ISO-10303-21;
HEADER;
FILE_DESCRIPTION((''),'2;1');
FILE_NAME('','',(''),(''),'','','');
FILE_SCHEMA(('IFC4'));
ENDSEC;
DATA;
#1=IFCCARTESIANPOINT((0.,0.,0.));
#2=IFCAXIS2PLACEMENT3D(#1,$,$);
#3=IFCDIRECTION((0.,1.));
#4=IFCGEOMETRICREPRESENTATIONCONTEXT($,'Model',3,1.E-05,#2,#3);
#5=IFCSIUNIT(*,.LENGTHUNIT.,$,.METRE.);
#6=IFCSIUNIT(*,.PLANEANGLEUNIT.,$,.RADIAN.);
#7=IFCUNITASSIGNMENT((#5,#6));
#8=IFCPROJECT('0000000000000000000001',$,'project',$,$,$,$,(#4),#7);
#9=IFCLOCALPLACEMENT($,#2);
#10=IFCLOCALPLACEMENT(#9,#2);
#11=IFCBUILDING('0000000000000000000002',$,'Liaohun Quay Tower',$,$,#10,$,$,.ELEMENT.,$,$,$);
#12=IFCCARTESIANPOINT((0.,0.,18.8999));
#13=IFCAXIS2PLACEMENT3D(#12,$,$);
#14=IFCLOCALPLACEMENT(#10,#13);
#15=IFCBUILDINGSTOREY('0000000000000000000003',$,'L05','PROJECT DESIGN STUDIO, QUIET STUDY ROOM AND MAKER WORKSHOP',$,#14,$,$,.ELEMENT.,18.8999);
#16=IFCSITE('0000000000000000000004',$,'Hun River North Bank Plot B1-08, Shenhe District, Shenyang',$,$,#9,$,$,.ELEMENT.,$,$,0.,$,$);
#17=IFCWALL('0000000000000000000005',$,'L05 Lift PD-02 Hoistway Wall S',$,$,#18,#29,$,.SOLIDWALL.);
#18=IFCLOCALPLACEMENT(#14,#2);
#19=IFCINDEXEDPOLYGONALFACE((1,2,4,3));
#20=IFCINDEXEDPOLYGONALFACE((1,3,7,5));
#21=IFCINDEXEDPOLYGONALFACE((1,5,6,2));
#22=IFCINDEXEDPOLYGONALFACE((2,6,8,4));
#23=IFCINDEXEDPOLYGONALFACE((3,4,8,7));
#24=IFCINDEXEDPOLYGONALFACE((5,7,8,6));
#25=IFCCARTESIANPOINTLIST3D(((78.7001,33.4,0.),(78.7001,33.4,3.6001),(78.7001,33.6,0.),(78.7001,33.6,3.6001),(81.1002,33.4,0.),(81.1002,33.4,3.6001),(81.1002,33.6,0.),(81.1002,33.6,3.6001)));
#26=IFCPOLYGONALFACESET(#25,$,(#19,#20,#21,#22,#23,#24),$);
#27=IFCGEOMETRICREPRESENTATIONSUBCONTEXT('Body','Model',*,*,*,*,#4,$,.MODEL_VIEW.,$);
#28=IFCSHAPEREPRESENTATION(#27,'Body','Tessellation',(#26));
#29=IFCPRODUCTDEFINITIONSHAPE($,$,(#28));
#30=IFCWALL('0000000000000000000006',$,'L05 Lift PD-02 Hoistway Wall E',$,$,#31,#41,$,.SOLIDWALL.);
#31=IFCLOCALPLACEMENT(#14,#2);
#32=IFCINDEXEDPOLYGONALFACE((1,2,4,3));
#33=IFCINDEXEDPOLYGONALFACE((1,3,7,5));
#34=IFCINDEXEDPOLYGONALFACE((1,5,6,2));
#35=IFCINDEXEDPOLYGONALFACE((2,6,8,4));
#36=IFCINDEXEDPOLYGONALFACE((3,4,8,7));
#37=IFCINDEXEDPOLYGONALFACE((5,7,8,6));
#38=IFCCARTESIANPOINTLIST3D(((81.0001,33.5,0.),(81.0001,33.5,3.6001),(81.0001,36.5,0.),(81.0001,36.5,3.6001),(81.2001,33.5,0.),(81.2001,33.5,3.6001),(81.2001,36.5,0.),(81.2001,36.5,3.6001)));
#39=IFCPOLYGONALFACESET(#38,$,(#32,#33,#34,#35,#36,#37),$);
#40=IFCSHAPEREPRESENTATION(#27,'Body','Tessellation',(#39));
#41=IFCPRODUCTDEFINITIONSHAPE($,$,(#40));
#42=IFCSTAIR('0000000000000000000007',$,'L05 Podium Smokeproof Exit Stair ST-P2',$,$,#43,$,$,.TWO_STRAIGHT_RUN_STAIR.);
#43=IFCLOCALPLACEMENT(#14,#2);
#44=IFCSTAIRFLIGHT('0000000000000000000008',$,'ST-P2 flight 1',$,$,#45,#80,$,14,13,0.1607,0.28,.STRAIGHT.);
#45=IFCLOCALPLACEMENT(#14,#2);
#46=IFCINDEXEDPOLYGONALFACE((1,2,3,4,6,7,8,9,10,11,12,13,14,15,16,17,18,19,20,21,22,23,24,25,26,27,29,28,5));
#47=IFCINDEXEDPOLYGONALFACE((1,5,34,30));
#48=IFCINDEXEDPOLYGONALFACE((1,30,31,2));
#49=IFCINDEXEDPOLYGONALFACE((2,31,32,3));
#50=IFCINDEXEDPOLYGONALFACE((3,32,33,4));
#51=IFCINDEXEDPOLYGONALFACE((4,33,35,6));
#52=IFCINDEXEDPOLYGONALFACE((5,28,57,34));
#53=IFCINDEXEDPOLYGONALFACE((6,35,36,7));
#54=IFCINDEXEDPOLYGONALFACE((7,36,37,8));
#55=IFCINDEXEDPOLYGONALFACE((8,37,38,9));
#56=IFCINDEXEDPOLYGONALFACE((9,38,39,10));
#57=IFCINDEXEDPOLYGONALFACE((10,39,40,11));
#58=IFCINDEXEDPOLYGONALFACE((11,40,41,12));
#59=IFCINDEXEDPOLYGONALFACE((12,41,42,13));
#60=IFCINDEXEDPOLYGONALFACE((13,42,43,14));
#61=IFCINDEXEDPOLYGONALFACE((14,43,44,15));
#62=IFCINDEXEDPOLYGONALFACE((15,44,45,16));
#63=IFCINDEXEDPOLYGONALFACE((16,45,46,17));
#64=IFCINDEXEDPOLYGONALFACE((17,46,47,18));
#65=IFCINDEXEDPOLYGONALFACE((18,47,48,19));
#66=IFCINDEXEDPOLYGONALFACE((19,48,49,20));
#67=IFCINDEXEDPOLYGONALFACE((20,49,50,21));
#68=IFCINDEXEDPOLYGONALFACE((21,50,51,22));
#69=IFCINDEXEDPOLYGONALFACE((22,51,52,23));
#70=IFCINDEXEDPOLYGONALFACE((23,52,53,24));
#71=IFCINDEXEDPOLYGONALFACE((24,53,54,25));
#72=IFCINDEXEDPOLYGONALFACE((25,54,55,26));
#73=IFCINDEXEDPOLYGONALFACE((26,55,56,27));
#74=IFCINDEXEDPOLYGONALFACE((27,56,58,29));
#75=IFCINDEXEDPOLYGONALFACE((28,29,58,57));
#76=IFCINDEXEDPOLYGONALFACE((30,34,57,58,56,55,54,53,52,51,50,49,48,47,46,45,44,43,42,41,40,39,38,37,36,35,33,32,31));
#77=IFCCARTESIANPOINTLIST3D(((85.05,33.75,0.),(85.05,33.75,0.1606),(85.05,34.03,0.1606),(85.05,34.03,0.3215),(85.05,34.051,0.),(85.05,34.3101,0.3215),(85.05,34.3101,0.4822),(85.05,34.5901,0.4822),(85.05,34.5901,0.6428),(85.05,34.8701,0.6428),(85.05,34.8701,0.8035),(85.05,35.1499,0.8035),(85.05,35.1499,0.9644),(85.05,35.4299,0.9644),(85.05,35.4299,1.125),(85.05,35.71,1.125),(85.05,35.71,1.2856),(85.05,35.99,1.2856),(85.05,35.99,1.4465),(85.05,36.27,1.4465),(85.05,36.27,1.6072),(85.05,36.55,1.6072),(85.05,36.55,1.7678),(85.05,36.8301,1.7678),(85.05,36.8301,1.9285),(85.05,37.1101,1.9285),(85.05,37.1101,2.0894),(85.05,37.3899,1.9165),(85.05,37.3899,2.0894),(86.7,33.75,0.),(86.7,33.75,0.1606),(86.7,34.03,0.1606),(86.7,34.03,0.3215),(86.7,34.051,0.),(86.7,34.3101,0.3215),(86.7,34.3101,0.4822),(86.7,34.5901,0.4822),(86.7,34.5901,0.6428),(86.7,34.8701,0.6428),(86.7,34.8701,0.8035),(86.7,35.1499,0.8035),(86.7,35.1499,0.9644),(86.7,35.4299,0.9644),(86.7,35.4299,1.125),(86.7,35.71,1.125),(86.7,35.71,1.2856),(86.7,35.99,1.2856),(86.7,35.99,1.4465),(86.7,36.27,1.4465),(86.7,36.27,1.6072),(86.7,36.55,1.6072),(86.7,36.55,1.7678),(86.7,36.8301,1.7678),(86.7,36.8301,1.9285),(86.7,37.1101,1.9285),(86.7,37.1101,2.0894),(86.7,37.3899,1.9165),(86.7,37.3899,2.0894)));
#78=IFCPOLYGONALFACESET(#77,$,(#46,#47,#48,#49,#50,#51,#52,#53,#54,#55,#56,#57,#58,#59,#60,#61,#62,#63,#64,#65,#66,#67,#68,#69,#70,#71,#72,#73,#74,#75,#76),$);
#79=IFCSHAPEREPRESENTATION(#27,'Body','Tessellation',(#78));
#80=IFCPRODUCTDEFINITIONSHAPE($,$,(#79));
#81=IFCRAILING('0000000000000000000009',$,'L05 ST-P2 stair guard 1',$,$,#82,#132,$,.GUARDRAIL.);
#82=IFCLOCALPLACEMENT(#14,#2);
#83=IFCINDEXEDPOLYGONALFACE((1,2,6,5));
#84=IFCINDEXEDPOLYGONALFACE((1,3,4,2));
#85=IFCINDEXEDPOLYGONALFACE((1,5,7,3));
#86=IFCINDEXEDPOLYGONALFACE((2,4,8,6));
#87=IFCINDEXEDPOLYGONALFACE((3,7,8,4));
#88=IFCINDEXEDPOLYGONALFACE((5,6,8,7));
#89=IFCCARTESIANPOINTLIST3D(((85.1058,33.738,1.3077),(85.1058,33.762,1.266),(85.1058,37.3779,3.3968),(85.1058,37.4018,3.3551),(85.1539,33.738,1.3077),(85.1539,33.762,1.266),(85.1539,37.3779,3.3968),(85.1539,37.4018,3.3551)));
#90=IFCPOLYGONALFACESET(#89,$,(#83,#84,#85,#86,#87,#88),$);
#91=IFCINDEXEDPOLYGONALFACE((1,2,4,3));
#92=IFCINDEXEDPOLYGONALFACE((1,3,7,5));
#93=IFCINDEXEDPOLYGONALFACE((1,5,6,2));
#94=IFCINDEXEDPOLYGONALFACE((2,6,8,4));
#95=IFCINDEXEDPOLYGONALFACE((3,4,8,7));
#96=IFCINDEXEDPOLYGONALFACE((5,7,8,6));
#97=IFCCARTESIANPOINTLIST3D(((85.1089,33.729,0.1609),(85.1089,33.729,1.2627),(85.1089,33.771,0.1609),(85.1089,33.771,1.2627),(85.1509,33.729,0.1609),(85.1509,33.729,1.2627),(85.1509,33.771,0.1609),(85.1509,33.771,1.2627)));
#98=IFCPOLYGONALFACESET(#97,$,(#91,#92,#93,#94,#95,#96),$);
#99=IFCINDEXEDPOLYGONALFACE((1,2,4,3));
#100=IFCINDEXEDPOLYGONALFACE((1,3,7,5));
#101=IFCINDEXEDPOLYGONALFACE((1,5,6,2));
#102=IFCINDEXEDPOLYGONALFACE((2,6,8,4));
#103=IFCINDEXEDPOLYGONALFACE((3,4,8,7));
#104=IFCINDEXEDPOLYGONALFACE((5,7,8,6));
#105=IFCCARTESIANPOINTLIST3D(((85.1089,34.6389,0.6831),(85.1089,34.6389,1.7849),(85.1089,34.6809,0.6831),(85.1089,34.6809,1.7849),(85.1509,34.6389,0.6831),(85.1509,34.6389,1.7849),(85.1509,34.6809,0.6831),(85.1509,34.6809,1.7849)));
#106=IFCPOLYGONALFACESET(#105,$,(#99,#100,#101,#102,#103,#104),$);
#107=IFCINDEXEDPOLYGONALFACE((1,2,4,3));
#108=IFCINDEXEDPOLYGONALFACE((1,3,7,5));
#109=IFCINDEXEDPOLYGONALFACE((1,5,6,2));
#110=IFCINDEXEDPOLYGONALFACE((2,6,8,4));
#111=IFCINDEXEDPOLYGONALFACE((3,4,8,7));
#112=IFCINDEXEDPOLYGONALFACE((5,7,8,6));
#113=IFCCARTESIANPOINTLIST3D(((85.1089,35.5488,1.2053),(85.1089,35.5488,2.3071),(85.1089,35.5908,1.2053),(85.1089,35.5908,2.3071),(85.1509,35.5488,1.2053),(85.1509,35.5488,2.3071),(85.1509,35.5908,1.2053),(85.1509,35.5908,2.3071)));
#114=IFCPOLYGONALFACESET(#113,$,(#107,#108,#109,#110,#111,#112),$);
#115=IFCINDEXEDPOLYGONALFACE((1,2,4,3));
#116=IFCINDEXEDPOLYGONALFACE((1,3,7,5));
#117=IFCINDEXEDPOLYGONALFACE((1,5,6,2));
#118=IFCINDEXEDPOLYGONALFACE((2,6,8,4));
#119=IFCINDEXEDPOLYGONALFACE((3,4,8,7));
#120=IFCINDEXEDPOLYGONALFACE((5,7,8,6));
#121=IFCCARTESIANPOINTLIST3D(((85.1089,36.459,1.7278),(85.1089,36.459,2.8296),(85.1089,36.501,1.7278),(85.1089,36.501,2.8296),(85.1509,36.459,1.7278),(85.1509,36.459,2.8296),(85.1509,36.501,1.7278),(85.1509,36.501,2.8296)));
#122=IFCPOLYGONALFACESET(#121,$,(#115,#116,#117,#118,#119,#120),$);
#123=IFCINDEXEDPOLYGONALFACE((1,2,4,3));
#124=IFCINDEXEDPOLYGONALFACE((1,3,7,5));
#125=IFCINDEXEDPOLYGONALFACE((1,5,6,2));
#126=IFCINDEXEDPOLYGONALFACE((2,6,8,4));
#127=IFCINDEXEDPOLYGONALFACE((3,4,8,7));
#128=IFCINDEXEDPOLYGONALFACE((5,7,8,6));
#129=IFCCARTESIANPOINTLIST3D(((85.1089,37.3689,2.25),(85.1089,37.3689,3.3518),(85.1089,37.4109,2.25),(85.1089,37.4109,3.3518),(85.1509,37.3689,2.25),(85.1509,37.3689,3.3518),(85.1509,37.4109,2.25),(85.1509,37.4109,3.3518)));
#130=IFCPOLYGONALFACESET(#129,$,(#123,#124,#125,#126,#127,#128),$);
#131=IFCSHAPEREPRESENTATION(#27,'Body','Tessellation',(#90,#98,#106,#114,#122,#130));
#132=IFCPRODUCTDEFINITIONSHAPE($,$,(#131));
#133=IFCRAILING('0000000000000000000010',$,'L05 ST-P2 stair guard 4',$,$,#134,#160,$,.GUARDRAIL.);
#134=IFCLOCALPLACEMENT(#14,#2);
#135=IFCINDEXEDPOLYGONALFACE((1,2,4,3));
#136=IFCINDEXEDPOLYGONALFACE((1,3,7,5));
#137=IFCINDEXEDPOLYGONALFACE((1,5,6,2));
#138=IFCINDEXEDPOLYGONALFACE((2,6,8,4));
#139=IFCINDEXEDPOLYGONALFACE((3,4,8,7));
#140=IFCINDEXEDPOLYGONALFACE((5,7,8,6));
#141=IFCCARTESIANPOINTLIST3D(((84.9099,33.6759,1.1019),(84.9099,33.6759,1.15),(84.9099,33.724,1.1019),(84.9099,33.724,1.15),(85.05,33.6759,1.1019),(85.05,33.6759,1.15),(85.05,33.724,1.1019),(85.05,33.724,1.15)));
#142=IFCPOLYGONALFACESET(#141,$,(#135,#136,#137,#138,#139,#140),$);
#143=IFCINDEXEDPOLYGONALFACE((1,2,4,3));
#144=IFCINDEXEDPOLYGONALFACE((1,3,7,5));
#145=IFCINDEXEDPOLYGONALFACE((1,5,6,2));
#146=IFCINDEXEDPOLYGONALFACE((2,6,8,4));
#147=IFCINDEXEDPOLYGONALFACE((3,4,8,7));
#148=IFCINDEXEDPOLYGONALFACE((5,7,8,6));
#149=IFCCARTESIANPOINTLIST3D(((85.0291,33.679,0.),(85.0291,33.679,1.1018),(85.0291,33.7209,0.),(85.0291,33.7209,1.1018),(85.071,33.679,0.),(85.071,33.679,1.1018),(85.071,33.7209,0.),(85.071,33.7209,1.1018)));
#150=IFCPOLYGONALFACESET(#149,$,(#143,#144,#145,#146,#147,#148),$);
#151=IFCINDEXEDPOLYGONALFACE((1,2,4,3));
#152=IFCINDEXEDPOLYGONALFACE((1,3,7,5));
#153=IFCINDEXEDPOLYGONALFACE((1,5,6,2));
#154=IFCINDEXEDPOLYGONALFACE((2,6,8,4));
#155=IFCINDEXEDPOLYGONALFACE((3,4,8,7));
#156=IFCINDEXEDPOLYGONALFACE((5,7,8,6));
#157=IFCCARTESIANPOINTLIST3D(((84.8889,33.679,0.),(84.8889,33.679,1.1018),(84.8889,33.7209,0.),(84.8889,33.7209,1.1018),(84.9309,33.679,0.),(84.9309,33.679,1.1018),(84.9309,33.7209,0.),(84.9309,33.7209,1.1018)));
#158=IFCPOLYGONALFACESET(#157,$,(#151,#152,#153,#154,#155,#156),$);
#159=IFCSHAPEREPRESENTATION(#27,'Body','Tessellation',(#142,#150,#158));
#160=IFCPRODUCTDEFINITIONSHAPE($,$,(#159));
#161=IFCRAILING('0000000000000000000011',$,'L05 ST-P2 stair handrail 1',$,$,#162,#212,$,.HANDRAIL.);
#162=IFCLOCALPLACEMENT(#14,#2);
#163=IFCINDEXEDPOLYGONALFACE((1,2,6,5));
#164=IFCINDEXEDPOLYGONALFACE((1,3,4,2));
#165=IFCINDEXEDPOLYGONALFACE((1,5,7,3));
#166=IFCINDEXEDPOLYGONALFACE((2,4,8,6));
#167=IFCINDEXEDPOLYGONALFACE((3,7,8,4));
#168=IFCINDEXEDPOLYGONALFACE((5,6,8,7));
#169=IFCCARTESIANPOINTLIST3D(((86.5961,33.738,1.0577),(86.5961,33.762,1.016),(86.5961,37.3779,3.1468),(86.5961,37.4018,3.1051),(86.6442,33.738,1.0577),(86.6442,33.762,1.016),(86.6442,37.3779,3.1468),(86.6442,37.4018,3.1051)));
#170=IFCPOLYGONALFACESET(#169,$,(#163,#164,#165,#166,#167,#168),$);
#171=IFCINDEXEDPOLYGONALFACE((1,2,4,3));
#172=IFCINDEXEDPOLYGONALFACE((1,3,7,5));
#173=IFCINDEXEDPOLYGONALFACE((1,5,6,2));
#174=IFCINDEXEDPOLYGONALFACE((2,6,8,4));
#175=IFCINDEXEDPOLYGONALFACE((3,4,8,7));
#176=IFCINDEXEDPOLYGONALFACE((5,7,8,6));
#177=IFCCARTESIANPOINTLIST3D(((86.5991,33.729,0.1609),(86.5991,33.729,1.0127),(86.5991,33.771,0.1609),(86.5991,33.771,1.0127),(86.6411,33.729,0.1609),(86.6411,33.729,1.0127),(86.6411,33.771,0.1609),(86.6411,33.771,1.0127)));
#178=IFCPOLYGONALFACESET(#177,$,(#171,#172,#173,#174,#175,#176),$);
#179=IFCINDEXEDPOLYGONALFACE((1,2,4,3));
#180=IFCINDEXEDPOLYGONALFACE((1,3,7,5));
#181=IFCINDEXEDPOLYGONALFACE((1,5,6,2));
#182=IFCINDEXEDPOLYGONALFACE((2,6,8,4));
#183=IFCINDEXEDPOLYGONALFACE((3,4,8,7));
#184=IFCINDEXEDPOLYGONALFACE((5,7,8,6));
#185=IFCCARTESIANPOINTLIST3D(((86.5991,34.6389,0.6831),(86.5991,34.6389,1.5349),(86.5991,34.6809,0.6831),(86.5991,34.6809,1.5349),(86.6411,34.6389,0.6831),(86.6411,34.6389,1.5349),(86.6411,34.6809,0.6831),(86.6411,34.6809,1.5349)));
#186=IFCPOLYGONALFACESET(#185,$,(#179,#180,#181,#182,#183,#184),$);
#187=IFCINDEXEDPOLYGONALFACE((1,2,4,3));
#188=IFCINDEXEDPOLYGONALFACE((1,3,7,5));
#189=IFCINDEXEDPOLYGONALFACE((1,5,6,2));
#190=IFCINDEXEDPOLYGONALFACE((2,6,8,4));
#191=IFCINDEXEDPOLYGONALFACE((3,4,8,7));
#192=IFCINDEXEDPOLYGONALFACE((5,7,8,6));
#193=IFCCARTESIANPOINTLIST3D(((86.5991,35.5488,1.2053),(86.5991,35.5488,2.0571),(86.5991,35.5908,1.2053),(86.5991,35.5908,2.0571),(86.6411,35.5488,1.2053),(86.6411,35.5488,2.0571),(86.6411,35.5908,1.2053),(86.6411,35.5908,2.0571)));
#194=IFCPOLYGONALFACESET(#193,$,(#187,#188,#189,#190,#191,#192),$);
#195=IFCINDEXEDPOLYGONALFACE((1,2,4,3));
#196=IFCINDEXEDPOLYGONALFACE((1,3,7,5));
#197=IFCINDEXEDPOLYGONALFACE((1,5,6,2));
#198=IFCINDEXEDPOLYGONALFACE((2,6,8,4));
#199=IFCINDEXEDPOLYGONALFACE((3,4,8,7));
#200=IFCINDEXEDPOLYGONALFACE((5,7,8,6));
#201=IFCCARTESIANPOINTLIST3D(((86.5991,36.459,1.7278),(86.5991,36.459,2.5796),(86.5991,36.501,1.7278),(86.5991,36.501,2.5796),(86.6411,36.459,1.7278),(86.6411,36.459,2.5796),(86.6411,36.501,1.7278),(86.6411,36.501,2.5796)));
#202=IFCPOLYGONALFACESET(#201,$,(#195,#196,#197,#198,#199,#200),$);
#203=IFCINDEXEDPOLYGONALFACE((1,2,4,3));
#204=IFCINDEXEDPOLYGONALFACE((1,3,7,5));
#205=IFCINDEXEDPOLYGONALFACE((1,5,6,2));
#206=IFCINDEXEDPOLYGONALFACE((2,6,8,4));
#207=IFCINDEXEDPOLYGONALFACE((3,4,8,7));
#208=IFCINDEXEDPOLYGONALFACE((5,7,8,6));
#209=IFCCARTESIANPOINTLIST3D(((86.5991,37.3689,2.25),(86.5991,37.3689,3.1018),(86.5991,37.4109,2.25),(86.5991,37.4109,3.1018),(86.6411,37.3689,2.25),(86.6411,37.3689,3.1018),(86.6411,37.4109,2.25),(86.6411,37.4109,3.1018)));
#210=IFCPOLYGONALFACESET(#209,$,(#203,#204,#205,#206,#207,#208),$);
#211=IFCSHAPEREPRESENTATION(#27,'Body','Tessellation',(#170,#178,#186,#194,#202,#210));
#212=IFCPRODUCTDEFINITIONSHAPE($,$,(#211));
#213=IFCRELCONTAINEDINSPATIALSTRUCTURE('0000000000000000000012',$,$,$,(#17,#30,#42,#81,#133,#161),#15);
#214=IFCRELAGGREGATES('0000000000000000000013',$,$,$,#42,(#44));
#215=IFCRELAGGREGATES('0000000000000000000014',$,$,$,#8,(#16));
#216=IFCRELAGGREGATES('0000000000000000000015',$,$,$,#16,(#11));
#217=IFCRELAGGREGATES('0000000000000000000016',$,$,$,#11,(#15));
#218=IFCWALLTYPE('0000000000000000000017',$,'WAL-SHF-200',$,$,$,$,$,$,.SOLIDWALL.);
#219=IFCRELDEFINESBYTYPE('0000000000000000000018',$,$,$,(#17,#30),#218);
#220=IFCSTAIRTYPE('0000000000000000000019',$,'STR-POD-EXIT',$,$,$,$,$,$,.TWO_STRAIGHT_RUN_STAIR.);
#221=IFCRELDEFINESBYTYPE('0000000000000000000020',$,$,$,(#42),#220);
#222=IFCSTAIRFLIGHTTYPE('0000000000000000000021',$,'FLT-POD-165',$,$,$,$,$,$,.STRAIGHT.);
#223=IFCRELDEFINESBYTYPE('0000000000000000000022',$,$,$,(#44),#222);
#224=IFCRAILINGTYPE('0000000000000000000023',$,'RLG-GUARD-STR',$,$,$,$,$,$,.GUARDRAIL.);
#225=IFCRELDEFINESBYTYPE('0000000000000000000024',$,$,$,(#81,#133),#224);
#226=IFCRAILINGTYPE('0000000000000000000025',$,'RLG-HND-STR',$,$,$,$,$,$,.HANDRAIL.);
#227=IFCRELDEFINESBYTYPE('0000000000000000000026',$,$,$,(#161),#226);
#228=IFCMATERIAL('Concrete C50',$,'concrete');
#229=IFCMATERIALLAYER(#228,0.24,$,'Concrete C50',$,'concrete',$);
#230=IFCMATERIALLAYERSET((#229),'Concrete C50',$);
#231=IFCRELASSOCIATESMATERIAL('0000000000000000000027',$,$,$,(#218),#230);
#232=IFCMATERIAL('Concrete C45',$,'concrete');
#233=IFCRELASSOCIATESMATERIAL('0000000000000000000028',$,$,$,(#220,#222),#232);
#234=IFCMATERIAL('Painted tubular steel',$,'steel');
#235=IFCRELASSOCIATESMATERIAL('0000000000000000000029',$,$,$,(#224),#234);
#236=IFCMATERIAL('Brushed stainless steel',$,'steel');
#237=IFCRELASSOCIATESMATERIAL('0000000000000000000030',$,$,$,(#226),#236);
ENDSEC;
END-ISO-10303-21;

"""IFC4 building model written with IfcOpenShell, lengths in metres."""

from ifc_helpers import new_model, si_unit, direction, frame, frame_2d, origin, origin_2d, place, context, subcontext, project, spatial, polyline, rectangle, outline, extrude, material, layer, layer_set, type_object, element, aggregate, save


model = new_model("IFC4")

# Units and contexts
model_context = context("Model", 3, precision=1e-05, world=origin(), true_north=direction((0.0, 1.0)))
body_context = subcontext(model_context, "Body", "Model", "MODEL_VIEW")
ifc_project = project(units=[si_unit("LENGTHUNIT", "METRE"), si_unit("PLANEANGLEUNIT", "RADIAN")], contexts=[model_context])

# Site, building, storey
site_placement = place(None, origin())
site = spatial("IfcSite", under=ifc_project, at=site_placement, Name="Hun River North Bank Plot B1-08, Shenhe District, Shenyang", CompositionType="ELEMENT", RefElevation=0.0)
building_placement = place(site_placement, origin())
building = spatial("IfcBuilding", under=site, at=building_placement, Name="Liaohun Quay Tower", CompositionType="ELEMENT")
storey_placement = place(building_placement, frame((0.0, 0.0, 18.8999)))
storey = spatial("IfcBuildingStorey", under=building, at=storey_placement, Name="L05", Description="PROJECT DESIGN STUDIO, QUIET STUDY ROOM AND MAKER WORKSHOP", CompositionType="ELEMENT", Elevation=18.8999)

# Shared definitions
ifc_material_1 = material(Name="Concrete C50", Category="concrete")
ifc_layer_1 = layer(ifc_material_1, 0.24, Name="Concrete C50", Category="concrete")
ifc_layer_set_1 = layer_set([ifc_layer_1], Name="Concrete C50")
wall_type_1 = type_object("IfcWallType", Name="WAL-SHF-200", PredefinedType="SOLIDWALL", material=ifc_layer_set_1)

# Walls
wall_1_placement = place(storey_placement, frame((78.7, 33.5, 0.0), z_axis=(0.0, 0.0, 1.0), x_axis=(1.0, 0.0, 0.0)))
element("IfcWall", 1, at=wall_1_placement, inside=storey, type_object=wall_type_1, Name="L05 Lift PD-02 Hoistway Wall S", PredefinedType="SOLIDWALL", context=body_context, shape_type="SweptSolid", body=[
    extrude(rectangle(XDim=2.4001, YDim=0.2, at=frame_2d((1.2002, 0.0))), origin(), (0.0, 0.0, 1.0), 3.6001),
])
wall_2_placement = place(storey_placement, frame((81.1001, 33.5, 0.0), z_axis=(0.0, 0.0, 1.0), x_axis=(0.0, 1.0, 0.0)))
element("IfcWall", 2, at=wall_2_placement, inside=storey, type_object=wall_type_1, Name="L05 Lift PD-02 Hoistway Wall E", PredefinedType="SOLIDWALL", context=body_context, shape_type="SweptSolid", body=[
    extrude(rectangle(XDim=3.0, YDim=0.2, at=frame_2d((1.5, 0.0))), origin(), (0.0, 0.0, 1.0), 3.6001),
])

# Stair, stair flight
ifc_material_2 = material(Name="Concrete C45", Category="concrete")
stair_type = type_object("IfcStairType", Name="STR-POD-EXIT", PredefinedType="TWO_STRAIGHT_RUN_STAIR", material=ifc_material_2)
stair_placement = place(storey_placement, origin())
stair = element("IfcStair", 3, at=stair_placement, inside=storey, type_object=stair_type, Name="L05 Podium Smokeproof Exit Stair ST-P2", PredefinedType="TWO_STRAIGHT_RUN_STAIR")
stair_flight_type = type_object("IfcStairFlightType", Name="FLT-POD-165", PredefinedType="STRAIGHT", material=ifc_material_2)
stair_flight_placement = place(storey_placement, frame((85.875, 33.75, 0.0), z_axis=(0.0, 0.0, 1.0), x_axis=(0.0, 1.0, 0.0)))
stair_flight = element("IfcStairFlight", 4, at=stair_flight_placement, type_object=stair_flight_type, Name="ST-P2 flight 1", NumberOfRisers=14, NumberOfTreads=13, PredefinedType="STRAIGHT", RiserHeight=0.1607, TreadLength=0.28, context=body_context, shape_type="SweptSolid", body=[
    extrude(outline(polyline([(0.0, 0.0), (0.0, 0.1606), (0.28, 0.1606), (0.28, 0.3215), (0.5601, 0.3215), (0.5601, 0.4822), (0.8401, 0.4822), (0.8401, 0.6428), (1.1201, 0.6428), (1.1201, 0.8035), (1.3999, 0.8035), (1.3999, 0.9644), (1.6799, 0.9644), (1.6799, 1.125), (1.96, 1.125), (1.96, 1.2856), (2.24, 1.2856), (2.24, 1.4465), (2.52, 1.4465), (2.52, 1.6072), (2.8, 1.6072), (2.8, 1.7678), (3.0801, 1.7678), (3.0801, 1.9285), (3.3601, 1.9285), (3.3601, 2.0894), (3.6399, 2.0894), (3.6399, 2.25), (3.6399, 1.9165), (0.301, 0.0), (0.0, 0.0)])), frame((0.0, 0.825, 0.0), z_axis=(0.0, -1.0, 0.0), x_axis=(1.0, 0.0, 0.0)), (0.0, 0.0, 1.0), 1.6499),
])
aggregate(stair, [stair_flight])

# Railings
ifc_material_3 = material(Name="Painted tubular steel", Category="steel")
railing_type_1 = type_object("IfcRailingType", Name="RLG-GUARD-STR", PredefinedType="GUARDRAIL", material=ifc_material_3)
railing_1_placement = place(storey_placement, frame((85.1299, 33.75, 0.1609)))
element("IfcRailing", 5, at=railing_1_placement, inside=storey, type_object=railing_type_1, Name="L05 ST-P2 stair guard 1", PredefinedType="GUARDRAIL", context=body_context, shape_type="SweptSolid", body=[
    extrude(rectangle(XDim=0.0481, YDim=0.0481, at=origin_2d()), frame((0.0, 0.0, 1.126), z_axis=(0.0, 0.8673, 0.497786), x_axis=(-1.0, 0.0, 0.0)), (0.0, 0.0, 1.0), 4.1968),
    extrude(rectangle(XDim=0.042, YDim=0.042, at=origin_2d()), origin(), (0.0, 0.0, 1.0), 1.1018),
    extrude(rectangle(XDim=0.042, YDim=0.042, at=origin_2d()), frame((0.0, 0.9099, 0.5222)), (0.0, 0.0, 1.0), 1.1018),
    extrude(rectangle(XDim=0.042, YDim=0.042, at=origin_2d()), frame((0.0, 1.8198, 1.0444)), (0.0, 0.0, 1.0), 1.1018),
    extrude(rectangle(XDim=0.042, YDim=0.042, at=origin_2d()), frame((0.0, 2.73, 1.5669)), (0.0, 0.0, 1.0), 1.1018),
    extrude(rectangle(XDim=0.042, YDim=0.042, at=origin_2d()), frame((0.0, 3.6399, 2.0891)), (0.0, 0.0, 1.0), 1.1018),
])
railing_2_placement = place(storey_placement, frame((85.05, 33.7, 0.0)))
element("IfcRailing", 6, at=railing_2_placement, inside=storey, type_object=railing_type_1, Name="L05 ST-P2 stair guard 4", PredefinedType="GUARDRAIL", context=body_context, shape_type="SweptSolid", body=[
    extrude(rectangle(XDim=0.0481, YDim=0.0481, at=origin_2d()), frame((0.0, 0.0, 1.126), z_axis=(-1.0, 0.0, 0.0), x_axis=(0.0, -1.0, 0.0)), (0.0, 0.0, 1.0), 0.1401),
    extrude(rectangle(XDim=0.042, YDim=0.042, at=origin_2d()), origin(), (0.0, 0.0, 1.0), 1.1018),
    extrude(rectangle(XDim=0.042, YDim=0.042, at=origin_2d()), frame((-0.1401, 0.0, 0.0)), (0.0, 0.0, 1.0), 1.1018),
])
ifc_material_4 = material(Name="Brushed stainless steel", Category="steel")
railing_type_2 = type_object("IfcRailingType", Name="RLG-HND-STR", PredefinedType="HANDRAIL", material=ifc_material_4)
railing_3_placement = place(storey_placement, frame((86.6201, 33.75, 0.1609)))
element("IfcRailing", 7, at=railing_3_placement, inside=storey, type_object=railing_type_2, Name="L05 ST-P2 stair handrail 1", PredefinedType="HANDRAIL", context=body_context, shape_type="SweptSolid", body=[
    extrude(rectangle(XDim=0.0481, YDim=0.0481, at=origin_2d()), frame((0.0, 0.0, 0.876), z_axis=(0.0, 0.8673, 0.497786), x_axis=(-1.0, 0.0, 0.0)), (0.0, 0.0, 1.0), 4.1968),
    extrude(rectangle(XDim=0.042, YDim=0.042, at=origin_2d()), origin(), (0.0, 0.0, 1.0), 0.8518),
    extrude(rectangle(XDim=0.042, YDim=0.042, at=origin_2d()), frame((0.0, 0.9099, 0.5222)), (0.0, 0.0, 1.0), 0.8518),
    extrude(rectangle(XDim=0.042, YDim=0.042, at=origin_2d()), frame((0.0, 1.8198, 1.0444)), (0.0, 0.0, 1.0), 0.8518),
    extrude(rectangle(XDim=0.042, YDim=0.042, at=origin_2d()), frame((0.0, 2.73, 1.5669)), (0.0, 0.0, 1.0), 0.8518),
    extrude(rectangle(XDim=0.042, YDim=0.042, at=origin_2d()), frame((0.0, 3.6399, 2.0891)), (0.0, 0.0, 1.0), 0.8518),
])

save(model, "model.ifc")
